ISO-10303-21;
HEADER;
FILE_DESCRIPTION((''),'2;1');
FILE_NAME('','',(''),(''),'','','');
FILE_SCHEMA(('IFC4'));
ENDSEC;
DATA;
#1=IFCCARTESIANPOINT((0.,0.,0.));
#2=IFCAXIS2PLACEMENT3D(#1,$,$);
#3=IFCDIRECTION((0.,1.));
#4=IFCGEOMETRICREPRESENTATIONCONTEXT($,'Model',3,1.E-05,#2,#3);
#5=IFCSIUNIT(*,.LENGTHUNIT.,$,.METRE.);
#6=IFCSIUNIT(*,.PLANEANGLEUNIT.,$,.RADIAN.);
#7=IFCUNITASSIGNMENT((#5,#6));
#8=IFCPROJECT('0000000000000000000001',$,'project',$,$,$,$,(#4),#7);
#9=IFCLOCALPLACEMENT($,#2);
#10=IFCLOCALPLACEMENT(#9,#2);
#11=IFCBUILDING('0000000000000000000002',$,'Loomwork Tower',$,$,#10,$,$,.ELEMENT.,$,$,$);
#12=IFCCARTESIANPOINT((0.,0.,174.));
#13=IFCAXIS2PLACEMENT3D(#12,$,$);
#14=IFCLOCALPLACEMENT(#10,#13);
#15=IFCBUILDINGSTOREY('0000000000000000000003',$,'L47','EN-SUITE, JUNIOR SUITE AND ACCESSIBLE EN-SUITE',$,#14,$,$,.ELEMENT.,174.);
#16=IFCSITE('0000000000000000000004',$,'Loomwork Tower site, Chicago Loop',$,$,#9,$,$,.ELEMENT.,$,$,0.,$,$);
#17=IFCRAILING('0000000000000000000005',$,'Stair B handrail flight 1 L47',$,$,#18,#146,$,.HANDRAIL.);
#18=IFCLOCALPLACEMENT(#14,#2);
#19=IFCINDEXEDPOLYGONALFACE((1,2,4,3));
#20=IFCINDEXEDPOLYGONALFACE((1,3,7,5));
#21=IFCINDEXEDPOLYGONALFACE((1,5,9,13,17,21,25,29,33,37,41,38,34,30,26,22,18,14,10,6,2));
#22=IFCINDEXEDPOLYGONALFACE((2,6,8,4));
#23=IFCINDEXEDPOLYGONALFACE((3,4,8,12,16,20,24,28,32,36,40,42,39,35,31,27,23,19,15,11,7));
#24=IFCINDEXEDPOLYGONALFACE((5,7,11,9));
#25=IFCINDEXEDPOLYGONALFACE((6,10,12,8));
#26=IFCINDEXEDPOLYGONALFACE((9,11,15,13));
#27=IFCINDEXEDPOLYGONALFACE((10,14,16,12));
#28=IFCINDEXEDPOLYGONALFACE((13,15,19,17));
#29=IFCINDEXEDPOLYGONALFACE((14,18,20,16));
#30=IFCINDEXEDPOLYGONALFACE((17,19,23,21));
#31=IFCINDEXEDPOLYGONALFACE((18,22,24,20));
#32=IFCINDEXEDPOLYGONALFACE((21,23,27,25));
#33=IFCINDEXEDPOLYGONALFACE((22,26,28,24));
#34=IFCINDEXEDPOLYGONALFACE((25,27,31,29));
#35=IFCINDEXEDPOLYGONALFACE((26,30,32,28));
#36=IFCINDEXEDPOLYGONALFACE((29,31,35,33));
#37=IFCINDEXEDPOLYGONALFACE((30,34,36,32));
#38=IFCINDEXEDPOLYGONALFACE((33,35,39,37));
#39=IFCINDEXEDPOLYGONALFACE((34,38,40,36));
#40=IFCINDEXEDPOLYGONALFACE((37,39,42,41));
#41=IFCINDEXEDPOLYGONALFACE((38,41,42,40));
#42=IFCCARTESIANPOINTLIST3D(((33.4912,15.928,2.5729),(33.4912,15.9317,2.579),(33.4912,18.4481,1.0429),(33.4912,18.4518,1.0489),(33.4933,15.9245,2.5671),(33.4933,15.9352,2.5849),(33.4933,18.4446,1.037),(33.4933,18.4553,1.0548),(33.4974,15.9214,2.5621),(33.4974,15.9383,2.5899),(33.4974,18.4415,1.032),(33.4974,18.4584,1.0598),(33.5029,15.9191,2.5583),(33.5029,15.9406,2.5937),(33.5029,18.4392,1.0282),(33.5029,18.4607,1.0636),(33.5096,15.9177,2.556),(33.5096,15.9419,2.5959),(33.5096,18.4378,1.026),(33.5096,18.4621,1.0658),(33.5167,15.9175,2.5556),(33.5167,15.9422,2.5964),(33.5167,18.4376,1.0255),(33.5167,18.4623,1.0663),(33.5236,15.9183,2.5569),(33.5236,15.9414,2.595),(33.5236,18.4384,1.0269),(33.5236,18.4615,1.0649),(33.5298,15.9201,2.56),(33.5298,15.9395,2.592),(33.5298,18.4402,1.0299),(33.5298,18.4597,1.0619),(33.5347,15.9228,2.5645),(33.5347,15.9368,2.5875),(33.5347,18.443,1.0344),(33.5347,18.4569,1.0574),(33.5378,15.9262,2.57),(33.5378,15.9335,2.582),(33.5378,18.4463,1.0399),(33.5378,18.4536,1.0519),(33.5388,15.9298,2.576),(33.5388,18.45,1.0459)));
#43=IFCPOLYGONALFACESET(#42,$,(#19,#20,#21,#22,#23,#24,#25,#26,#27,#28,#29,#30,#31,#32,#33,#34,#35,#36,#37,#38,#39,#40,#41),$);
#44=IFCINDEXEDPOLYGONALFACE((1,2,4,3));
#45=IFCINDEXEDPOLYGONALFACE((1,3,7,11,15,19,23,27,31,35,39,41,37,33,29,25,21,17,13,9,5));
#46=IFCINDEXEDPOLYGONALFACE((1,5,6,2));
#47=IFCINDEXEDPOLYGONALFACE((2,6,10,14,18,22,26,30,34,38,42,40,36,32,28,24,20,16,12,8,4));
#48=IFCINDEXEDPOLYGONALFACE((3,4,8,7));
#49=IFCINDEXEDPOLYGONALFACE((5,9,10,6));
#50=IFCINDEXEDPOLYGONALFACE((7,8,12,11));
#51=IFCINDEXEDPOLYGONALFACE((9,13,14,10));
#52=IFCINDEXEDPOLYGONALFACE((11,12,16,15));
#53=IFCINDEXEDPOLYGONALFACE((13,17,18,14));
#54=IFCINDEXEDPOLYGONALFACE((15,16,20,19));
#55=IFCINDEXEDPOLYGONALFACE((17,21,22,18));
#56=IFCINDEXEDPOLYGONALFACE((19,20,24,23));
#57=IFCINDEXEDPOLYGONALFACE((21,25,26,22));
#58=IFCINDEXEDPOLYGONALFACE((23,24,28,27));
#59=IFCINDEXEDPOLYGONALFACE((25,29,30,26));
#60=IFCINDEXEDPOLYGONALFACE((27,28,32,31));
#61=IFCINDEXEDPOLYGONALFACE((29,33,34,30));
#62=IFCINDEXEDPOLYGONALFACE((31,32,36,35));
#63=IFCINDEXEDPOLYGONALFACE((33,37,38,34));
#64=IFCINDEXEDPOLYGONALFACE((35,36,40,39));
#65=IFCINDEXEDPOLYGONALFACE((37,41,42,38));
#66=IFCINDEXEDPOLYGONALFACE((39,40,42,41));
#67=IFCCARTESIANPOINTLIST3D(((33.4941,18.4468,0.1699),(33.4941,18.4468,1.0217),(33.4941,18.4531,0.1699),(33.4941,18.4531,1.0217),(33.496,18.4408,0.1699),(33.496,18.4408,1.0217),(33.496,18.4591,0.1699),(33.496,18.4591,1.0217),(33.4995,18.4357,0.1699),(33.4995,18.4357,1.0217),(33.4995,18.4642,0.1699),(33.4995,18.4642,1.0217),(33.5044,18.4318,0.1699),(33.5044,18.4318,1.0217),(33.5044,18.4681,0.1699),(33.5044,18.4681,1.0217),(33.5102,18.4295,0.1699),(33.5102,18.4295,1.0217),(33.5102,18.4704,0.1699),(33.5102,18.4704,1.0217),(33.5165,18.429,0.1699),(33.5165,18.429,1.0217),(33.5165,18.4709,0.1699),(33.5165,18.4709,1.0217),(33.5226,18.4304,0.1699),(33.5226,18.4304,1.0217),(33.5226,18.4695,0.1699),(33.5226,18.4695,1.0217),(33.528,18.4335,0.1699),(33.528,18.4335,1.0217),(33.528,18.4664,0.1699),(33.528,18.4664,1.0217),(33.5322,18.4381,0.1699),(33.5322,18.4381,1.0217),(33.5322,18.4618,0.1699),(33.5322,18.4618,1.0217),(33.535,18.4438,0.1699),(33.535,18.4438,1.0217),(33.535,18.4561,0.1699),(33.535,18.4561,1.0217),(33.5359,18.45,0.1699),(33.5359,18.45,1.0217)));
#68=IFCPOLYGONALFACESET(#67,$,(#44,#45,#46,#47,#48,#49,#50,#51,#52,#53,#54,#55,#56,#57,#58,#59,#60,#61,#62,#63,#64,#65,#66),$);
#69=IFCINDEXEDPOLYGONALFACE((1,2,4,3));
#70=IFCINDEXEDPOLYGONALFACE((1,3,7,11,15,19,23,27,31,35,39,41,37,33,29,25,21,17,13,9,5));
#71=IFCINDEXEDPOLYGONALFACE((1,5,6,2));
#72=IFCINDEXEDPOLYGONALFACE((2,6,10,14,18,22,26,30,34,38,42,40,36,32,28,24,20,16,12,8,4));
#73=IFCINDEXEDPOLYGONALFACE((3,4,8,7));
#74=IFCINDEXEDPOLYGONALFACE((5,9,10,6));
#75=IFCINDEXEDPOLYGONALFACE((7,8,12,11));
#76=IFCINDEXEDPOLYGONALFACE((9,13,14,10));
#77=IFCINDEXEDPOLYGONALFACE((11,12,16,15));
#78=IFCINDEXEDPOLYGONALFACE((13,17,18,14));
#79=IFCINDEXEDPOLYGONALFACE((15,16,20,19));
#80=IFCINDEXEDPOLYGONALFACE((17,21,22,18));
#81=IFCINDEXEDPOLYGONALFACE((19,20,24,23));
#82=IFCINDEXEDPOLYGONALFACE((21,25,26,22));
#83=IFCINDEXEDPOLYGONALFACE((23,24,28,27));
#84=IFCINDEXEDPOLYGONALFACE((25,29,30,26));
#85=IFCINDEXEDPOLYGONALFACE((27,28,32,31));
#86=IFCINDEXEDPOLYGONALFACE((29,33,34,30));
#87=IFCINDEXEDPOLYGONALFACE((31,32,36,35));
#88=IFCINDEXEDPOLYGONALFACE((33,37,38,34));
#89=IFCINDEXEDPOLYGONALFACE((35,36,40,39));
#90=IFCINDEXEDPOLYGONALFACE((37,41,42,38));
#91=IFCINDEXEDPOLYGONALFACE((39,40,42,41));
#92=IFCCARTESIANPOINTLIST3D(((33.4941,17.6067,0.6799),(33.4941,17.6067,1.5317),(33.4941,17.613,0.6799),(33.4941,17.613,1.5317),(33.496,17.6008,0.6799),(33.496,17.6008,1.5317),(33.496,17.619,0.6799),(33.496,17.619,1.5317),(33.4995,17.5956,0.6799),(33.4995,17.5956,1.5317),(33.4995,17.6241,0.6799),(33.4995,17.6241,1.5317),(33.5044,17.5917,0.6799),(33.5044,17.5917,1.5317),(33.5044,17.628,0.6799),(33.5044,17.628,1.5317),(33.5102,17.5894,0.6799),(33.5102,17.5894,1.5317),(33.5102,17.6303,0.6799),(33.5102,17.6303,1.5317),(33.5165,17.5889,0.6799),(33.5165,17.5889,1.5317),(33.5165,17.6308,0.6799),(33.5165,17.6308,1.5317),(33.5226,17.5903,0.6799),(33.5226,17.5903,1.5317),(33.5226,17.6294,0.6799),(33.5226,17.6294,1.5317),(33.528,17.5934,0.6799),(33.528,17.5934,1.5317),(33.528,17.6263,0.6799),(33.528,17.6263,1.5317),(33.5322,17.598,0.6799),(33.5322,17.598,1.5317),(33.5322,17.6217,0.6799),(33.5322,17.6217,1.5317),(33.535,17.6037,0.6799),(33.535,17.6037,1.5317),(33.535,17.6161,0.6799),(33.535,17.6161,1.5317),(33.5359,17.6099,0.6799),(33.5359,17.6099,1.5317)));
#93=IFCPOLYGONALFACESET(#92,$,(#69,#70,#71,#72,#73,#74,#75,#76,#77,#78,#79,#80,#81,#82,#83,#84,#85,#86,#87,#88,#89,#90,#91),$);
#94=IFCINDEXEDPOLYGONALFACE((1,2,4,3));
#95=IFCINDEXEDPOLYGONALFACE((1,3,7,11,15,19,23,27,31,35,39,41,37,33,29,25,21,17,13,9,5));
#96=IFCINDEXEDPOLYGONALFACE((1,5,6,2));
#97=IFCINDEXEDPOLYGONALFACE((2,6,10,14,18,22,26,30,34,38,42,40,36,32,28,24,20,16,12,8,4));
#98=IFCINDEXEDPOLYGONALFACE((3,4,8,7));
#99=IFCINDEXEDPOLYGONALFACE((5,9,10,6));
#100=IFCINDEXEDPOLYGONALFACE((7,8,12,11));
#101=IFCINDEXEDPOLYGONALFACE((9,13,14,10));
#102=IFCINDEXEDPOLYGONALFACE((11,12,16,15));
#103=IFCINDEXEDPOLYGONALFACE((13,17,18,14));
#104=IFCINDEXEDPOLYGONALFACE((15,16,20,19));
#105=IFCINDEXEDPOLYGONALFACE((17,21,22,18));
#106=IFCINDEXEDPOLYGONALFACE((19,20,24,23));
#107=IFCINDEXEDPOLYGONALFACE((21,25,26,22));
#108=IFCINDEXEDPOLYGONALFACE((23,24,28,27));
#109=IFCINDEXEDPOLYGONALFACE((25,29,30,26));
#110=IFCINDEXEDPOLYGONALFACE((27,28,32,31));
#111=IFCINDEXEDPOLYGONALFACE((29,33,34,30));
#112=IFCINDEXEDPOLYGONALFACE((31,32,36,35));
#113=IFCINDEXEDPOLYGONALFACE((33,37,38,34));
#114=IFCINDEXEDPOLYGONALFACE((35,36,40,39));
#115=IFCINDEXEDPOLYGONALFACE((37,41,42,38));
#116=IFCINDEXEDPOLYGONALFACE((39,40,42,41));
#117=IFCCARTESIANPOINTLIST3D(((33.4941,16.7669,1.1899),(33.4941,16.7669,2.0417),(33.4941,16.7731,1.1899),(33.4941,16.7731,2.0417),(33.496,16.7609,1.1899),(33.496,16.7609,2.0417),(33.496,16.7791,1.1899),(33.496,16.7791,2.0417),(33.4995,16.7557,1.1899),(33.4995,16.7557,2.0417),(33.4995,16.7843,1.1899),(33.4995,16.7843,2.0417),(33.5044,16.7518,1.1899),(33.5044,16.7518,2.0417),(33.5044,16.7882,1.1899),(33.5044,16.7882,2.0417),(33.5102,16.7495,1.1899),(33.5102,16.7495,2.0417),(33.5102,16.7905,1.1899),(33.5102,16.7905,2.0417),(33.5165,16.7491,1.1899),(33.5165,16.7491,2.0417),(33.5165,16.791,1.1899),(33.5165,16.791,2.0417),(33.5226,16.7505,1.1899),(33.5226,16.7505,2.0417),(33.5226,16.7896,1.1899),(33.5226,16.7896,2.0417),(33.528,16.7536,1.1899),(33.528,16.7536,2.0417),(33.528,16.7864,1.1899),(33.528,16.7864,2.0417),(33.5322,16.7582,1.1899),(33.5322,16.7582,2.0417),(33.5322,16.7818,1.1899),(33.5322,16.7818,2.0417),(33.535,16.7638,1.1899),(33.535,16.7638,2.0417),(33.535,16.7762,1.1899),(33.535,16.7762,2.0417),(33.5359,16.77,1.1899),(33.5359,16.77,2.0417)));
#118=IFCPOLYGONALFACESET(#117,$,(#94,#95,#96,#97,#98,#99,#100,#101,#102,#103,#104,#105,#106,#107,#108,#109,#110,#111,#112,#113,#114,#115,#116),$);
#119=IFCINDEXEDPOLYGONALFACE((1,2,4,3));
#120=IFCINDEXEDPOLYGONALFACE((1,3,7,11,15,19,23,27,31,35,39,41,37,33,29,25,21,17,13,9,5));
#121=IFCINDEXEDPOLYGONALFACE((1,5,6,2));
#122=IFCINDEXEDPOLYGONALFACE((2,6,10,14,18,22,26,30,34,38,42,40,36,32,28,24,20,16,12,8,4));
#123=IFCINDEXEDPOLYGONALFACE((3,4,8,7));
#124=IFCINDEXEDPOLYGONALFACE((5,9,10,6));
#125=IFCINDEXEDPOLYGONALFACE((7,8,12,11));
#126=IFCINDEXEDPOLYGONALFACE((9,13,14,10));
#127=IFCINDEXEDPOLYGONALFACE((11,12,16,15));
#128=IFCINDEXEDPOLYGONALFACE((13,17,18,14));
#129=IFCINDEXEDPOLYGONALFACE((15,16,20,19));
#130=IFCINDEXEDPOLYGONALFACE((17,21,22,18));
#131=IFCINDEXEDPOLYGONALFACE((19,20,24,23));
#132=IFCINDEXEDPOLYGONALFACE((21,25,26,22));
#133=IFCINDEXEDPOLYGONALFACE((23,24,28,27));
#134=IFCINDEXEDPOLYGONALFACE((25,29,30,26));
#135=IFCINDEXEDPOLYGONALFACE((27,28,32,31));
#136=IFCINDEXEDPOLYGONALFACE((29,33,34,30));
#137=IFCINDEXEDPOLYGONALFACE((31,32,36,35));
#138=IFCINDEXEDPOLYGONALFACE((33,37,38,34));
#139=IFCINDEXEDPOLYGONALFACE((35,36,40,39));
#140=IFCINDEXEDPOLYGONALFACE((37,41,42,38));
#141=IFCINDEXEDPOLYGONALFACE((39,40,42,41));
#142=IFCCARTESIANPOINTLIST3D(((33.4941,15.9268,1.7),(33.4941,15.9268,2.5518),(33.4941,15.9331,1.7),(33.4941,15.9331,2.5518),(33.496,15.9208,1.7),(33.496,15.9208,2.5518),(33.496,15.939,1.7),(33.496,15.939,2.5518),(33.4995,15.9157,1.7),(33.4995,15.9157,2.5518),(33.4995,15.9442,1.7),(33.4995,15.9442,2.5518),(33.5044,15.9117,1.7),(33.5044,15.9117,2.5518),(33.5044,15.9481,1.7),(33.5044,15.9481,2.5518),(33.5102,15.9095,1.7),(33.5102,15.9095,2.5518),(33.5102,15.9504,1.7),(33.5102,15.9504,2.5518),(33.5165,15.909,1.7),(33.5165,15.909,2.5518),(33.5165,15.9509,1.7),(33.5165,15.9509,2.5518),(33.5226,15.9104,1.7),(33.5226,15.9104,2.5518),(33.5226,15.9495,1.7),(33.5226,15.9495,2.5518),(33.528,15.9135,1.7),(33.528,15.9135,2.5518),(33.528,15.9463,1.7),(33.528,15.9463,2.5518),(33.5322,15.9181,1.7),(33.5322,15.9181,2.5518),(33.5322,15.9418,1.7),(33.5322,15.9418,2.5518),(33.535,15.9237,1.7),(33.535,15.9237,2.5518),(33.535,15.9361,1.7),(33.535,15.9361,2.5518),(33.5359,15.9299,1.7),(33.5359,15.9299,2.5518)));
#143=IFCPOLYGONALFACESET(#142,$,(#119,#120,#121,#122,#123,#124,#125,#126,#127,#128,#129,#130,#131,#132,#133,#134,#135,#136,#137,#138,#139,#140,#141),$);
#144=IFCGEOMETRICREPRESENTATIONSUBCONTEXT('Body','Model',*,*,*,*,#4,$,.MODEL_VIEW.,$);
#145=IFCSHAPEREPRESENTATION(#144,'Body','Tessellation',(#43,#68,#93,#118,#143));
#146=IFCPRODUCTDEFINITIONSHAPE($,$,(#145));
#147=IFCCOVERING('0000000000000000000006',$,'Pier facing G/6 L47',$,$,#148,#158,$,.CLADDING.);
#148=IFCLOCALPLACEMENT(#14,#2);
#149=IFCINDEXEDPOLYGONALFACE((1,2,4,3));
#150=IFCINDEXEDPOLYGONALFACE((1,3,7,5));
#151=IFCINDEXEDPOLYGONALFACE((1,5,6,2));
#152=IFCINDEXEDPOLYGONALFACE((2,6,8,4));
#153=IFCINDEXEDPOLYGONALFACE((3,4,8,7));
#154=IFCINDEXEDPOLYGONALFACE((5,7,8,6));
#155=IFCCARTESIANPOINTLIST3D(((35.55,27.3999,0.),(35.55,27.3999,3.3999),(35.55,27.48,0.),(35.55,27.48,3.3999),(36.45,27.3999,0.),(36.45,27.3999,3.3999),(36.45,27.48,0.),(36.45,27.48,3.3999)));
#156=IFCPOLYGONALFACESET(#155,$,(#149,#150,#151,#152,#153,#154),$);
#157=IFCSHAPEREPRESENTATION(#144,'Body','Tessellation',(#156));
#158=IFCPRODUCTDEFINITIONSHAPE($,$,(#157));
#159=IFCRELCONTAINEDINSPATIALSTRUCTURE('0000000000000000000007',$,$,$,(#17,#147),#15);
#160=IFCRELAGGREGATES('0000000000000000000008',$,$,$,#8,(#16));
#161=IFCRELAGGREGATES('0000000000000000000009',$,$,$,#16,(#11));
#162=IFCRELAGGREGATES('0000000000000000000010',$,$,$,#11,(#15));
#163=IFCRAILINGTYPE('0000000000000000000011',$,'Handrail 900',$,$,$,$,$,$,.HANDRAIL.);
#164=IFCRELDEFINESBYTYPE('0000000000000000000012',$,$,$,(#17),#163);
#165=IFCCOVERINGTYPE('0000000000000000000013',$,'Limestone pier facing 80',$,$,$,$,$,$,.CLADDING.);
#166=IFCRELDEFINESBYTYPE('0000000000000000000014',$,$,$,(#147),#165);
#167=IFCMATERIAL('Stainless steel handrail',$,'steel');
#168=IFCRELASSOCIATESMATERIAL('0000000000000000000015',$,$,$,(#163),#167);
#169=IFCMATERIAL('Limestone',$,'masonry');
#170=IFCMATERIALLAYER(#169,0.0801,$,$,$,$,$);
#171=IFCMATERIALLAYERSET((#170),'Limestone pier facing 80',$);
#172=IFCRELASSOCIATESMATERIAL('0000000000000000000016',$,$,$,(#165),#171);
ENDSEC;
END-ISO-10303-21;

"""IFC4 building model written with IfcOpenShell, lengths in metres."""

from ifc_helpers import new_model, si_unit, direction, frame, origin, origin_2d, place, context, subcontext, project, spatial, rectangle, circle, extrude, material, layer, layer_set, type_object, element, save


model = new_model("IFC4")

# Units and contexts
model_context = context("Model", 3, precision=1e-05, world=origin(), true_north=direction((0.0, 1.0)))
body_context = subcontext(model_context, "Body", "Model", "MODEL_VIEW")
ifc_project = project(units=[si_unit("LENGTHUNIT", "METRE"), si_unit("PLANEANGLEUNIT", "RADIAN")], contexts=[model_context])

# Site, building, storey
site_placement = place(None, origin())
site = spatial("IfcSite", under=ifc_project, at=site_placement, Name="Loomwork Tower site, Chicago Loop", CompositionType="ELEMENT", RefElevation=0.0)
building_placement = place(site_placement, origin())
building = spatial("IfcBuilding", under=site, at=building_placement, Name="Loomwork Tower", CompositionType="ELEMENT")
storey_placement = place(building_placement, frame((0.0, 0.0, 174.0)))
storey = spatial("IfcBuildingStorey", under=building, at=storey_placement, Name="L47", Description="EN-SUITE, JUNIOR SUITE AND ACCESSIBLE EN-SUITE", CompositionType="ELEMENT", Elevation=174.0)

# Railing
ifc_material_1 = material(Name="Stainless steel handrail", Category="steel")
railing_type = type_object("IfcRailingType", Name="Handrail 900", PredefinedType="HANDRAIL", material=ifc_material_1)
railing_placement = place(storey_placement, frame((33.5149, 18.45, 0.1699)))
element("IfcRailing", 1, at=railing_placement, inside=storey, type_object=railing_type, Name="Stair B handrail flight 1 L47", PredefinedType="HANDRAIL", context=body_context, shape_type="SweptSolid", body=[
    extrude(circle(Radius=0.0239, at=origin_2d()), frame((0.0, 0.0, 0.876), z_axis=(0.0, -0.854785, 0.518982), x_axis=(1.0, 0.0, 0.0)), (0.0, 0.0, 1.0), 2.9482),
    extrude(circle(Radius=0.021, at=origin_2d()), origin(), (0.0, 0.0, 1.0), 0.8518),
    extrude(circle(Radius=0.021, at=origin_2d()), frame((0.0, -0.8401, 0.51)), (0.0, 0.0, 1.0), 0.8518),
    extrude(circle(Radius=0.021, at=origin_2d()), frame((0.0, -1.6799, 1.02)), (0.0, 0.0, 1.0), 0.8518),
    extrude(circle(Radius=0.021, at=origin_2d()), frame((0.0, -2.52, 1.53)), (0.0, 0.0, 1.0), 0.8518),
])

# Covering
ifc_material_2 = material(Name="Limestone", Category="masonry")
ifc_layer_1 = layer(ifc_material_2, 0.0801)
ifc_layer_set_1 = layer_set([ifc_layer_1], Name="Limestone pier facing 80")
covering_type = type_object("IfcCoveringType", Name="Limestone pier facing 80", PredefinedType="CLADDING", material=ifc_layer_set_1)
covering_placement = place(storey_placement, frame((36.0, 27.4399, 0.0), z_axis=(0.0, 0.0, 1.0), x_axis=(1.0, 0.0, 0.0)))
element("IfcCovering", 2, at=covering_placement, inside=storey, type_object=covering_type, Name="Pier facing G/6 L47", PredefinedType="CLADDING", context=body_context, shape_type="SweptSolid", body=[
    extrude(rectangle(XDim=0.8999, YDim=0.0801, at=origin_2d()), origin(), (0.0, 0.0, 1.0), 3.3999),
])

save(model, "model.ifc")
